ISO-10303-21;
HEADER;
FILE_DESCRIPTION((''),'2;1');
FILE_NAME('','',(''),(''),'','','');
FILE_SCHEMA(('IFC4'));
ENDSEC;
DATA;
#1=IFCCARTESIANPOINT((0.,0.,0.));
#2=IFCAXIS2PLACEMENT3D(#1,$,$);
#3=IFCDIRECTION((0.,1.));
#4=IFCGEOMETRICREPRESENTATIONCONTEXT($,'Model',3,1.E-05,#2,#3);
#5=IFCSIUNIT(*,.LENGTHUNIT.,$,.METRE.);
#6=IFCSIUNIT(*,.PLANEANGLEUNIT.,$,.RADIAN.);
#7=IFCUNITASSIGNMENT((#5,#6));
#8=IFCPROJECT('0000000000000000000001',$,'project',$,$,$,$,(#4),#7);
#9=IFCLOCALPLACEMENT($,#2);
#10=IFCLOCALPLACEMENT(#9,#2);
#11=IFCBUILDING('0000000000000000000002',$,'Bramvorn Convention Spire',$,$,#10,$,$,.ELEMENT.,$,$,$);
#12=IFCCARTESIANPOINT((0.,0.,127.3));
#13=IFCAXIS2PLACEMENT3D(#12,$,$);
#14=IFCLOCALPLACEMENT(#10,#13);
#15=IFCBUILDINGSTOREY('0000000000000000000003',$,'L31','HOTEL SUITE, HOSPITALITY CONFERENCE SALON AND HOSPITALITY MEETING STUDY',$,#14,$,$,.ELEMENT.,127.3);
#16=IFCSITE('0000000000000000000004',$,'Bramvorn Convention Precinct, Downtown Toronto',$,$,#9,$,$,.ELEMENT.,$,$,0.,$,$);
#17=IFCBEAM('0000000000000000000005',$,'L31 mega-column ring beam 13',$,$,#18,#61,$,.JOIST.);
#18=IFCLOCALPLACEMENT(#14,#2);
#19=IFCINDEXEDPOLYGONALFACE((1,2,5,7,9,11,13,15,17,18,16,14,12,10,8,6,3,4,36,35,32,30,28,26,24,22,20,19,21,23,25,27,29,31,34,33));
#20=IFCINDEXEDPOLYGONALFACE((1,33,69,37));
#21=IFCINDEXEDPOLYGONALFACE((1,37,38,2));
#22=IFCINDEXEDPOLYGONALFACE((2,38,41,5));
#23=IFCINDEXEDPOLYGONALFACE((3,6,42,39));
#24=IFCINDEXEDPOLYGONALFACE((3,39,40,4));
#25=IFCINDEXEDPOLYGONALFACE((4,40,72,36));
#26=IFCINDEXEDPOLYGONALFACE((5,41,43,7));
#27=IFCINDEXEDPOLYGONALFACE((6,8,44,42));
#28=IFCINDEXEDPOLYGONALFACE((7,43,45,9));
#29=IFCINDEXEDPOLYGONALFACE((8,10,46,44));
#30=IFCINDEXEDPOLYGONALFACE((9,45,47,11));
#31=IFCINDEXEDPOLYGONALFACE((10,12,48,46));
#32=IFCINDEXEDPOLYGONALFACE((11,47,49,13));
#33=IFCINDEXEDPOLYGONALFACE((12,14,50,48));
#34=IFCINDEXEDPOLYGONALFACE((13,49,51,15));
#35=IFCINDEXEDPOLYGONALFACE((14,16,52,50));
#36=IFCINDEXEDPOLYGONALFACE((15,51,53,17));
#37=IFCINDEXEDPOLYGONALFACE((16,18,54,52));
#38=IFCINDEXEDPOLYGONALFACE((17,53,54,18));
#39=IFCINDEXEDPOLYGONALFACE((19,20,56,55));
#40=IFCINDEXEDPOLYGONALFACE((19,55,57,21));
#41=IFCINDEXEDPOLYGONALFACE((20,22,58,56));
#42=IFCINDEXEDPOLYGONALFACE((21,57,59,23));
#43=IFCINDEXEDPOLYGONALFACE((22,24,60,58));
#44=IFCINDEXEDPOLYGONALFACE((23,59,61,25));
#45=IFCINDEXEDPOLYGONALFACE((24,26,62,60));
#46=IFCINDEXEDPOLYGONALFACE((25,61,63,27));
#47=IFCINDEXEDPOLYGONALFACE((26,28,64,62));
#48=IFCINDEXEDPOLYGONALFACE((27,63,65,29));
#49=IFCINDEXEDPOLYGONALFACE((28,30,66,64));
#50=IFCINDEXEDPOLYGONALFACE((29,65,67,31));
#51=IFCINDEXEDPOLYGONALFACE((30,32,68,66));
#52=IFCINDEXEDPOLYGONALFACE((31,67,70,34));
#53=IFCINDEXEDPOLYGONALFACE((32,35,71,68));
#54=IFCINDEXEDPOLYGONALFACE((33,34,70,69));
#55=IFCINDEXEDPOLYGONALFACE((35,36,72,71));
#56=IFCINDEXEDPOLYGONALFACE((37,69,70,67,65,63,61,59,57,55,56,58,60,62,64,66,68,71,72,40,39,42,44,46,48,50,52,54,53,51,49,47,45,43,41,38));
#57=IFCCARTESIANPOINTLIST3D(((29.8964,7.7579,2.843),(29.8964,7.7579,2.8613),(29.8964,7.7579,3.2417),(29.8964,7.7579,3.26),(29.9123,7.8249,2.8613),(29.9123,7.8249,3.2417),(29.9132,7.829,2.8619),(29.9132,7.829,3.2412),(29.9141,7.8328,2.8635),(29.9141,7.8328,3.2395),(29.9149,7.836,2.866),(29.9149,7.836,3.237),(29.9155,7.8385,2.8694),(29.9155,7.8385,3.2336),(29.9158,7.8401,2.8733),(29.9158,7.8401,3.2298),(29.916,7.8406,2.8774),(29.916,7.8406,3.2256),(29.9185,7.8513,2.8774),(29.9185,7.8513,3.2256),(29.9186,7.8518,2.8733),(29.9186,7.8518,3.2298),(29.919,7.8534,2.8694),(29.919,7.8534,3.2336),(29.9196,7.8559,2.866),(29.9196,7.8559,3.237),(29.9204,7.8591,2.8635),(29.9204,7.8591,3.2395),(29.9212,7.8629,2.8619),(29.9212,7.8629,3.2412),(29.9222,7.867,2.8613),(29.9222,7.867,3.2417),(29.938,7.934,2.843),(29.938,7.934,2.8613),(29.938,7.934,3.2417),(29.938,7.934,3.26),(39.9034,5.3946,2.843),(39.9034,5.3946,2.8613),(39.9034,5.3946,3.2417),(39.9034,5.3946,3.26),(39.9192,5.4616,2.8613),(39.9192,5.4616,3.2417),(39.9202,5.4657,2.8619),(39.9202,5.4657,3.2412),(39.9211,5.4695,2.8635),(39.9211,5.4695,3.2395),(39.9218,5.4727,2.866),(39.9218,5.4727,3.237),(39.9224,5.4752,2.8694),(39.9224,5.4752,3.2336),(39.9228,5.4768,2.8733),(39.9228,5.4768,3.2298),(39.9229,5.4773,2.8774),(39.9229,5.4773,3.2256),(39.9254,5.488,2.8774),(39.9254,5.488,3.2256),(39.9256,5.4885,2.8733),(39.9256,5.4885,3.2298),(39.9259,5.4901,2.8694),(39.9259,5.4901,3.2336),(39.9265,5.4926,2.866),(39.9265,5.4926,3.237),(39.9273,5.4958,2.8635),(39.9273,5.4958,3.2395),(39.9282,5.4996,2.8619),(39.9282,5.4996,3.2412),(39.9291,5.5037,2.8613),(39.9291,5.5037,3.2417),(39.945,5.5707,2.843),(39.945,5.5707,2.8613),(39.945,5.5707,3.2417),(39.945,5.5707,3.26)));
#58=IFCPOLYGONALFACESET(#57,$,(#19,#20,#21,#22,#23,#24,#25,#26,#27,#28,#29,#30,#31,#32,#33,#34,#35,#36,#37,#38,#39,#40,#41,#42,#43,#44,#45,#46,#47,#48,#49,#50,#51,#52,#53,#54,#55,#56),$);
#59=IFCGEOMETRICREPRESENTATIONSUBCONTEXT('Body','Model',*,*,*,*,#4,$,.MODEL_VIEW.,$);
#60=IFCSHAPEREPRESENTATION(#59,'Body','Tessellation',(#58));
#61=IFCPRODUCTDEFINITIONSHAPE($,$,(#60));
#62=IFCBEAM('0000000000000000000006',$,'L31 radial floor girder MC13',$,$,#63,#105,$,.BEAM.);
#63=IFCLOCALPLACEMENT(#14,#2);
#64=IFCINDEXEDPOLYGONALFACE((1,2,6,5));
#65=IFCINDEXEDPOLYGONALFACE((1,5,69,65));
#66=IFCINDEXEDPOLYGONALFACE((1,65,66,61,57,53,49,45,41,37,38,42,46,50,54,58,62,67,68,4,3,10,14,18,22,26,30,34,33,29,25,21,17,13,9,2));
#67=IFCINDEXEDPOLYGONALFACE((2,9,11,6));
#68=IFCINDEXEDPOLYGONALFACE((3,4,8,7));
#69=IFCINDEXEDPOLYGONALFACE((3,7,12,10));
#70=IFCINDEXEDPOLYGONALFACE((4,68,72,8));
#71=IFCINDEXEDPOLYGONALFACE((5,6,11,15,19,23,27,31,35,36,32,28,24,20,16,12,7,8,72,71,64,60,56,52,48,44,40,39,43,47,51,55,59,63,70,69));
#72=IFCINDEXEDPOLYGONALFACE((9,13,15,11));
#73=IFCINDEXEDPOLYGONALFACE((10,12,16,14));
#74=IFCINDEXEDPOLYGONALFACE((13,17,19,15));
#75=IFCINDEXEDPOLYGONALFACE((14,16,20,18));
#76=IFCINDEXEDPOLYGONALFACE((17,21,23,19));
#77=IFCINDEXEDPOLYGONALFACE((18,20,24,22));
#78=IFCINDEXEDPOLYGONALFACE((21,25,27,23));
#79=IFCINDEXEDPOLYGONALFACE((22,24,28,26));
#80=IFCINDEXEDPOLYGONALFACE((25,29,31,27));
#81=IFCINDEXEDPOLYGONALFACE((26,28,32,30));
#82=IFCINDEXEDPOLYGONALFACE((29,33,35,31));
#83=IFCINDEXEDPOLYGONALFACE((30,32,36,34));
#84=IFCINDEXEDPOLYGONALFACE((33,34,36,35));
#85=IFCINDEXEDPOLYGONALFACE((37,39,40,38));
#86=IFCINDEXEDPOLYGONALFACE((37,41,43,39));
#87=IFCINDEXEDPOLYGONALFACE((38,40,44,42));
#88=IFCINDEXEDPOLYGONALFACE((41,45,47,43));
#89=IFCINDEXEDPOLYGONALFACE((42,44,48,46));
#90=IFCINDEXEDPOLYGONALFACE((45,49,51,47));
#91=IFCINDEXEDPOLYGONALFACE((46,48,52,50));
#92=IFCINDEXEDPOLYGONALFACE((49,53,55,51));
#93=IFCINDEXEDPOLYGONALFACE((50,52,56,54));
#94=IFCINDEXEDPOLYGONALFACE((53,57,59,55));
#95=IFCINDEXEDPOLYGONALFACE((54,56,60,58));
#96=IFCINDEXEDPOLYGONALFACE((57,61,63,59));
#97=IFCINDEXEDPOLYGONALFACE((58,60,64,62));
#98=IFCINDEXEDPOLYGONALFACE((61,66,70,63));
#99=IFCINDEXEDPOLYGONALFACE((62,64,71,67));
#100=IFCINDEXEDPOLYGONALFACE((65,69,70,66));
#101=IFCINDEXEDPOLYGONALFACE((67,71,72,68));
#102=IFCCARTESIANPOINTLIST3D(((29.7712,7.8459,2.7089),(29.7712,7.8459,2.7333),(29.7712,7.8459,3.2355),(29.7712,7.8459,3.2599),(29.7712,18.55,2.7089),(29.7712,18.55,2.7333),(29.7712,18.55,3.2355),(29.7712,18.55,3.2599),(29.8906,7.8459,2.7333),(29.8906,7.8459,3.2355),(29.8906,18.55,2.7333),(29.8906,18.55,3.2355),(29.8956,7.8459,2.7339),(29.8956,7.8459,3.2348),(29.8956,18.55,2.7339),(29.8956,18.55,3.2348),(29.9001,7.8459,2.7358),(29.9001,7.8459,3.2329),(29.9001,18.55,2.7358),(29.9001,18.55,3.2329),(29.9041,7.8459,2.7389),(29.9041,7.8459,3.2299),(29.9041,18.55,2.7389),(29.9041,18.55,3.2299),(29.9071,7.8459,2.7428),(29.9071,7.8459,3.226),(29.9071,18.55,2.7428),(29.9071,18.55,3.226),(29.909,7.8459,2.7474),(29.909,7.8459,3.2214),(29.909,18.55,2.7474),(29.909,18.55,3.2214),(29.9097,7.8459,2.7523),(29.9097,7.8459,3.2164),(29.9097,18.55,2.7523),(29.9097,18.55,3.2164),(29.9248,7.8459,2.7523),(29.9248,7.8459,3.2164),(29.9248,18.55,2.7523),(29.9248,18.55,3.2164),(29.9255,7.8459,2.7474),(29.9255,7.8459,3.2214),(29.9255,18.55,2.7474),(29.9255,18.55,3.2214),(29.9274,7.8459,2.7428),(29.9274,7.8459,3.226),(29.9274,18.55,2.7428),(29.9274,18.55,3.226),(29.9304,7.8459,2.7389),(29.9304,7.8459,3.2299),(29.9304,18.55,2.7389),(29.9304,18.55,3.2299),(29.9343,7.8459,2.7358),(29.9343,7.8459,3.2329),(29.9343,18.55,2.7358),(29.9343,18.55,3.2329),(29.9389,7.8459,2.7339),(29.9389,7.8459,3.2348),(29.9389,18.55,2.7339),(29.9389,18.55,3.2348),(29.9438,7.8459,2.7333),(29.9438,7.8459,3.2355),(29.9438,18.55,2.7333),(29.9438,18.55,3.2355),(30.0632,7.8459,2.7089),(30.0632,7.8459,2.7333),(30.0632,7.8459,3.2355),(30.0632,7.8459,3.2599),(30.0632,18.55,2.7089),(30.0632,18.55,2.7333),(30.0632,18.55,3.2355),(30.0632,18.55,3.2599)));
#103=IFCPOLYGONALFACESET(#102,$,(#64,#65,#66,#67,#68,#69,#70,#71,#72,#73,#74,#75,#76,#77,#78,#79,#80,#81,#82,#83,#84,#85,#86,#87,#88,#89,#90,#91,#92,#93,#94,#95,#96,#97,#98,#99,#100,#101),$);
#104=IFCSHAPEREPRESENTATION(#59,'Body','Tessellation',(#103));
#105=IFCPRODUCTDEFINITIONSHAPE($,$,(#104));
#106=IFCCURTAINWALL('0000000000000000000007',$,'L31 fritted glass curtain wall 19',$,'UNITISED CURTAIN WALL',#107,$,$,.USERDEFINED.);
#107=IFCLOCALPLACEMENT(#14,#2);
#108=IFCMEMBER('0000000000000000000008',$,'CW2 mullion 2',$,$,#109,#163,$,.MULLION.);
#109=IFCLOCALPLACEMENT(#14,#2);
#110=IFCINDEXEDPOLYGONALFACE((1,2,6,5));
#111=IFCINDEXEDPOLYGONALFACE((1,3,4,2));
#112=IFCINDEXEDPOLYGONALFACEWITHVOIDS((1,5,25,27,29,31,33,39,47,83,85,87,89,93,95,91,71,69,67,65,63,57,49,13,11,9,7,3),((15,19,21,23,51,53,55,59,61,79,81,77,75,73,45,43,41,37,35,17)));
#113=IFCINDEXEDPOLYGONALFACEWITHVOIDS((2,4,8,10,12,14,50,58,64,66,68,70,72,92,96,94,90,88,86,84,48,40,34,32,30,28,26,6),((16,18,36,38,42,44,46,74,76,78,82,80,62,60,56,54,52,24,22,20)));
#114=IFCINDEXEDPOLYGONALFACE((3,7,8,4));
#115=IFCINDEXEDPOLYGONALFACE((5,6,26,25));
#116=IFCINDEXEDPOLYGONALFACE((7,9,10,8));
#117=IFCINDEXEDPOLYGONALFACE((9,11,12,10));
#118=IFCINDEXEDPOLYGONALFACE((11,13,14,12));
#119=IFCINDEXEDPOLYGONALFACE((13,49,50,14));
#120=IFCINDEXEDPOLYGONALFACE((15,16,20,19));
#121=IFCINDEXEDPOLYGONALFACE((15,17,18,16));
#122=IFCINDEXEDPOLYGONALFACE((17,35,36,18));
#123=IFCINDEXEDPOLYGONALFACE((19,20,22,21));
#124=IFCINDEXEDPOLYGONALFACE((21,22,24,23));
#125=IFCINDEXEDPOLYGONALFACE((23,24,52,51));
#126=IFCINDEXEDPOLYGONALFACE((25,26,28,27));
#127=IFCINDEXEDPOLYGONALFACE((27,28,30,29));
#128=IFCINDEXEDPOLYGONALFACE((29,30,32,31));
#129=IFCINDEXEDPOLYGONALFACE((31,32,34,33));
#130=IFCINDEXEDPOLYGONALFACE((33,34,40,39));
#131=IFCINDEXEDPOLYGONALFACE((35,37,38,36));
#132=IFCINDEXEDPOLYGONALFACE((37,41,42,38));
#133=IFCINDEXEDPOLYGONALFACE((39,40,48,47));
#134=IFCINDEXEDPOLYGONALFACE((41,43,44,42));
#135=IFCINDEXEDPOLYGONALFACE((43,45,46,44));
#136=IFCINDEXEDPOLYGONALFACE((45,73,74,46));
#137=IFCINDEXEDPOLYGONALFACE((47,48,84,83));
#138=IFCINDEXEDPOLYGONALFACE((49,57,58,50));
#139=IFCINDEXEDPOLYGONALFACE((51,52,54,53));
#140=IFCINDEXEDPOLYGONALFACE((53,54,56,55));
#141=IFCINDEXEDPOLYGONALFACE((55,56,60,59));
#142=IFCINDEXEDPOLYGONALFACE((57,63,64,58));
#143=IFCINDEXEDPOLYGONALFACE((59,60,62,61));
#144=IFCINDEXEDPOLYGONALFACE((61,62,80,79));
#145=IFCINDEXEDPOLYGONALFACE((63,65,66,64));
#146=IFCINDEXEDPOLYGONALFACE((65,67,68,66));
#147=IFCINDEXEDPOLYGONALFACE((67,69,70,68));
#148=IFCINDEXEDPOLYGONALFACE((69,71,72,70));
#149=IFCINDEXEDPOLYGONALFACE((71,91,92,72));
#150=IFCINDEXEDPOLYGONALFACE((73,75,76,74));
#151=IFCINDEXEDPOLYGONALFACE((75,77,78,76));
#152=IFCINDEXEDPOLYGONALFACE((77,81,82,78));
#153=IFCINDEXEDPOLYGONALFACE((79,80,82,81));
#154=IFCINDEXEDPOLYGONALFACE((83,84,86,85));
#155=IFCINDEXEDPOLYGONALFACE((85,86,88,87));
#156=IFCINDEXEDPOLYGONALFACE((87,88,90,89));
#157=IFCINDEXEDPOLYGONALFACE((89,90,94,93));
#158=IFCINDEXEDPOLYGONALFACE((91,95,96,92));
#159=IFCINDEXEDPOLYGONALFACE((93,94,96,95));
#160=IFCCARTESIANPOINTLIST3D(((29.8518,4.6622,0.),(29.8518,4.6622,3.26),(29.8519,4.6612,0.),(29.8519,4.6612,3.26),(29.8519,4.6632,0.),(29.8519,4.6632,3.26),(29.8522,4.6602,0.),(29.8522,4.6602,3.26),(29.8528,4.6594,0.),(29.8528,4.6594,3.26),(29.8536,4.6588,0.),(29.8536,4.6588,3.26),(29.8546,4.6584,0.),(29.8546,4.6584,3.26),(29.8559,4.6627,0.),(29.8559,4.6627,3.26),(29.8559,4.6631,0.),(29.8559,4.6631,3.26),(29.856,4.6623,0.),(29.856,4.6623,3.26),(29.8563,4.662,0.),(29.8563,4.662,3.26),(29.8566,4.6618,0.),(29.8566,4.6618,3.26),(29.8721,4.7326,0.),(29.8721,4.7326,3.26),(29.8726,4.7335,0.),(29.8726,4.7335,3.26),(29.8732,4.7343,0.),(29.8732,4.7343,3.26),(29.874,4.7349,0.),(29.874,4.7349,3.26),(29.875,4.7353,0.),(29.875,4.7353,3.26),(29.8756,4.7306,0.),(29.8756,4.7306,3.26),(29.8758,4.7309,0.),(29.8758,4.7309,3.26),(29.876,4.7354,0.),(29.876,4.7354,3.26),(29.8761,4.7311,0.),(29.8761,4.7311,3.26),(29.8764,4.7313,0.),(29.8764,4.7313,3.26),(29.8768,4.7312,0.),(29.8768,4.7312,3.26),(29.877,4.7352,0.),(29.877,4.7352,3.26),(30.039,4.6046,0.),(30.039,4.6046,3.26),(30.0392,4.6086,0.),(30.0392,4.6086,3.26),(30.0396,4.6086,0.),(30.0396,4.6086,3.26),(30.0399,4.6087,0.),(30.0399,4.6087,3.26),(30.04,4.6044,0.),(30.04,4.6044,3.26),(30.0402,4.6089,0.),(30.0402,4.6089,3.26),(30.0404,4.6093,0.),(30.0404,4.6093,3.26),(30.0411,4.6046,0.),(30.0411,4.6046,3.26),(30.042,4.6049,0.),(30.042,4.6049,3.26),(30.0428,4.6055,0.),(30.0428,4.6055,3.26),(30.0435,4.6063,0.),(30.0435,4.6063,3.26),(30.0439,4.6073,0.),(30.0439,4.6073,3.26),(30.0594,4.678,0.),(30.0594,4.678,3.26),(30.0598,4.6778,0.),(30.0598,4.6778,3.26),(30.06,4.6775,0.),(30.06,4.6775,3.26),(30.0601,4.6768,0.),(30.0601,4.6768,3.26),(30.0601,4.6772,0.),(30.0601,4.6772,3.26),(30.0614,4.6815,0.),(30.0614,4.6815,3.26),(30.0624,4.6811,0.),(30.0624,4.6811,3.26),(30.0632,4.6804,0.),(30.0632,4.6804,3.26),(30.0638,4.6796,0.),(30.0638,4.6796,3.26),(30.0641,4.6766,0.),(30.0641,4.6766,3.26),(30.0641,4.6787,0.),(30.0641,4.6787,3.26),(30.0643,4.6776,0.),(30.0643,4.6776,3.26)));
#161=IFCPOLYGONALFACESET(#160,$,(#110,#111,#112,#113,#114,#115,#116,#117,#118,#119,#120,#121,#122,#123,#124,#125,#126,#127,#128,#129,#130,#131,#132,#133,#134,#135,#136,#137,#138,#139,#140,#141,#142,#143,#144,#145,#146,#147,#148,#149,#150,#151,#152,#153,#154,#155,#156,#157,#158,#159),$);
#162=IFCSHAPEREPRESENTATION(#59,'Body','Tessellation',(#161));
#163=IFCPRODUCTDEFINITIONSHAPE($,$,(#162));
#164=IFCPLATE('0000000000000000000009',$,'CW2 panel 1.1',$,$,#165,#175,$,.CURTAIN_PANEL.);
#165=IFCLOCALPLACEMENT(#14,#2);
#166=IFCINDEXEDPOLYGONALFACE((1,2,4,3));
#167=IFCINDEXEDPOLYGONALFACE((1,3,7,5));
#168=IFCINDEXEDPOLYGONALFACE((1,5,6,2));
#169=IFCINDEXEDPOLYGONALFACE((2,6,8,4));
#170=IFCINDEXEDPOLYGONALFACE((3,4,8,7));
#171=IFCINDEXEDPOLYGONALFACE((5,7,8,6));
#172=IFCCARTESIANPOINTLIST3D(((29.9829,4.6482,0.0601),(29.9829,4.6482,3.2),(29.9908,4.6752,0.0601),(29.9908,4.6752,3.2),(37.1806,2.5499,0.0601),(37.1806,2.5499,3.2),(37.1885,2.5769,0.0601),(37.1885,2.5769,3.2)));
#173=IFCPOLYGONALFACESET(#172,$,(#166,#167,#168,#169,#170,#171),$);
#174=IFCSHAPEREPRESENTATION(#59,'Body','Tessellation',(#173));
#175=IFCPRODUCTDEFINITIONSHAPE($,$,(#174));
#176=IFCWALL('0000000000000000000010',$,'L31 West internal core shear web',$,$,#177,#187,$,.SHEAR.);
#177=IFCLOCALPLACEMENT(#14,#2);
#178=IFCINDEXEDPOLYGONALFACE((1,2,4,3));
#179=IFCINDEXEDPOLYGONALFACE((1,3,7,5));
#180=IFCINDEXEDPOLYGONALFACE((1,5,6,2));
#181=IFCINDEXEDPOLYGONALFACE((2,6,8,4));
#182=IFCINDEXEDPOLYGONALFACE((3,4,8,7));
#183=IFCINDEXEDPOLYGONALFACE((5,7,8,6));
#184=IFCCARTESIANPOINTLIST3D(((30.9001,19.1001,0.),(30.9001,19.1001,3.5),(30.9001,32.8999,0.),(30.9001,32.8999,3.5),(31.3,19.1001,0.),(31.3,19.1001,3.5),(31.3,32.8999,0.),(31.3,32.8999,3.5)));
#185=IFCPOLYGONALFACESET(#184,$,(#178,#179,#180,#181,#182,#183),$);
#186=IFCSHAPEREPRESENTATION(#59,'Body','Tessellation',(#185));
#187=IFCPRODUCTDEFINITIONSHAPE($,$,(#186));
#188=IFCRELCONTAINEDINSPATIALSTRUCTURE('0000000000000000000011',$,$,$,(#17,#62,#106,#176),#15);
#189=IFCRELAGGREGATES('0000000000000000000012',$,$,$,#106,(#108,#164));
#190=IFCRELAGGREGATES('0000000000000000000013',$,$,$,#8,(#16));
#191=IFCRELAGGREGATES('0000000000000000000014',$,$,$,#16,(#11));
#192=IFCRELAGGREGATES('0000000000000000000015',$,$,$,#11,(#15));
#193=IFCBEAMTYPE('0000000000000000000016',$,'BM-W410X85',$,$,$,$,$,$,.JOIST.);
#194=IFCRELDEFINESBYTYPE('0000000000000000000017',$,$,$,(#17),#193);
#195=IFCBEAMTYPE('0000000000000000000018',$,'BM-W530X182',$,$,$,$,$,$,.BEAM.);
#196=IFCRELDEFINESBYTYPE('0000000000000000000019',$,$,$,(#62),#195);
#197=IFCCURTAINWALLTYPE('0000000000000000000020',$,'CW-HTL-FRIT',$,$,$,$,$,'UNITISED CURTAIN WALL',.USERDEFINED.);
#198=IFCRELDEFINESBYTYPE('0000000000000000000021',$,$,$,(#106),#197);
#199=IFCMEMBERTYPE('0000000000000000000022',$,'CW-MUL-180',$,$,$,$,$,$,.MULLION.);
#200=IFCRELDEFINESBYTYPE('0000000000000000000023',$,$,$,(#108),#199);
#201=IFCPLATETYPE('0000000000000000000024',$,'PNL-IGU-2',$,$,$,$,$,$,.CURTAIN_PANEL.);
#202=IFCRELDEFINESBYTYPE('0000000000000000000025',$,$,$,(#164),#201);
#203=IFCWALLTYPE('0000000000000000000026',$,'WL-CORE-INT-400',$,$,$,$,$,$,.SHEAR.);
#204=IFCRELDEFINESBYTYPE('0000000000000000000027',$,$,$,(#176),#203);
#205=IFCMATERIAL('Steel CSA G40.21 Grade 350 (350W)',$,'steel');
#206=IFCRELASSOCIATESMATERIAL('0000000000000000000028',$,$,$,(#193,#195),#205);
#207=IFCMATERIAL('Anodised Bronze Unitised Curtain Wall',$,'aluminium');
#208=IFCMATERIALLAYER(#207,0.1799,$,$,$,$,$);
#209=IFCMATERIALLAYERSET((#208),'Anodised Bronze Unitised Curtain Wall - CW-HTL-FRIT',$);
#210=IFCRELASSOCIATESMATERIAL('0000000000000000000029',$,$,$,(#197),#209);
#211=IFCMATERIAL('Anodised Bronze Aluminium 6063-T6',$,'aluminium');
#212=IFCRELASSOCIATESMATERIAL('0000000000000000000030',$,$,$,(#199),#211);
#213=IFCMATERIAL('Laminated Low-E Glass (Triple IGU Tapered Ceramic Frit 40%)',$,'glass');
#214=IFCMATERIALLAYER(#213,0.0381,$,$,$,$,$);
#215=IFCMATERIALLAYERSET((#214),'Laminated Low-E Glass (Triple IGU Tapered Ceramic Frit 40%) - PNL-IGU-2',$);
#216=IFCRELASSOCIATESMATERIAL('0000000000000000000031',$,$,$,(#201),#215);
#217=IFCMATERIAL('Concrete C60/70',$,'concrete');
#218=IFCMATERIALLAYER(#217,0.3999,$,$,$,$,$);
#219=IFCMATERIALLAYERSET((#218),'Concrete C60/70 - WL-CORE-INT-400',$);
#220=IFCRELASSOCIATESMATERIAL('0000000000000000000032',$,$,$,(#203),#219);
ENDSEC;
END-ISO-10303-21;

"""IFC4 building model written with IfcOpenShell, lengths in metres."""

from ifc_helpers import new_model, si_unit, direction, frame, frame_2d, origin, origin_2d, place, context, subcontext, project, spatial, rectangle, hollow_rectangle, i_section, extrude, material, layer, layer_set, material_profile, profile_set, type_object, element, aggregate, save


model = new_model("IFC4")

# Units and contexts
model_context = context("Model", 3, precision=1e-05, world=origin(), true_north=direction((0.0, 1.0)))
body_context = subcontext(model_context, "Body", "Model", "MODEL_VIEW")
ifc_project = project(units=[si_unit("LENGTHUNIT", "METRE"), si_unit("PLANEANGLEUNIT", "RADIAN")], contexts=[model_context])

# Site, building, storey
site_placement = place(None, origin())
site = spatial("IfcSite", under=ifc_project, at=site_placement, Name="Bramvorn Convention Precinct, Downtown Toronto", CompositionType="ELEMENT", RefElevation=0.0)
building_placement = place(site_placement, origin())
building = spatial("IfcBuilding", under=site, at=building_placement, Name="Bramvorn Convention Spire", CompositionType="ELEMENT")
storey_placement = place(building_placement, frame((0.0, 0.0, 127.3)))
storey = spatial("IfcBuildingStorey", under=building, at=storey_placement, Name="L31", Description="HOTEL SUITE, HOSPITALITY CONFERENCE SALON AND HOSPITALITY MEETING STUDY", CompositionType="ELEMENT", Elevation=127.3)

# Shared definitions
ifc_material_1 = material(Name="Steel CSA G40.21 Grade 350 (350W)", Category="steel")

# Beams
ifc_material_profile_1 = material_profile(ifc_material_1, i_section(OverallWidth=0.1809, OverallDepth=0.417, WebThickness=0.011, FlangeThickness=0.0183, FilletRadius=0.0161, at=origin_2d()))
ifc_profile_set_1 = profile_set([ifc_material_profile_1], Name="Steel CSA G40.21 Grade 350 (350W) - W410X85")
beam_type_1 = type_object("IfcBeamType", Name="BM-W410X85", PredefinedType="JOIST", material=ifc_profile_set_1)
beam_1_placement = place(storey_placement, frame((29.9172, 7.8459, 3.0515), z_axis=(0.973228, -0.229844, 0.0), x_axis=(0.229844, 0.973228, 0.0)))
element("IfcBeam", 1, at=beam_1_placement, inside=storey, type_object=beam_type_1, Name="L31 mega-column ring beam 13", PredefinedType="JOIST", context=body_context, shape_type="SweptSolid", body=[
    extrude(i_section(OverallWidth=0.1809, OverallDepth=0.417, WebThickness=0.011, FlangeThickness=0.0183, FilletRadius=0.0161, at=origin_2d()), origin(), (0.0, 0.0, 1.0), 10.2822),
])
ifc_material_profile_2 = material_profile(ifc_material_1, i_section(OverallWidth=0.292, OverallDepth=0.551, WebThickness=0.0151, FlangeThickness=0.0244, FilletRadius=0.019, at=origin_2d()))
ifc_profile_set_2 = profile_set([ifc_material_profile_2], Name="Steel CSA G40.21 Grade 350 (350W) - W530X182")
beam_type_2 = type_object("IfcBeamType", Name="BM-W530X182", PredefinedType="BEAM", material=ifc_profile_set_2)
beam_2_placement = place(storey_placement, frame((29.9172, 18.55, 2.9844), z_axis=(0.0, -1.0, 0.0), x_axis=(1.0, 0.0, 0.0)))
element("IfcBeam", 2, at=beam_2_placement, inside=storey, type_object=beam_type_2, Name="L31 radial floor girder MC13", PredefinedType="BEAM", context=body_context, shape_type="SweptSolid", body=[
    extrude(i_section(OverallWidth=0.292, OverallDepth=0.551, WebThickness=0.0151, FlangeThickness=0.0244, FilletRadius=0.019, at=origin_2d()), origin(), (0.0, 0.0, 1.0), 10.7041),
])

# Curtain wall, member, plate
ifc_material_2 = material(Name="Anodised Bronze Unitised Curtain Wall", Category="aluminium")
ifc_layer_1 = layer(ifc_material_2, 0.1799)
ifc_layer_set_1 = layer_set([ifc_layer_1], Name="Anodised Bronze Unitised Curtain Wall - CW-HTL-FRIT")
curtain_wall_type = type_object("IfcCurtainWallType", Name="CW-HTL-FRIT", ElementType="UNITISED CURTAIN WALL", PredefinedType="USERDEFINED", material=ifc_layer_set_1)
curtain_wall_placement = place(storey_placement, origin())
curtain_wall = element("IfcCurtainWall", 3, at=curtain_wall_placement, inside=storey, type_object=curtain_wall_type, Name="L31 fritted glass curtain wall 19", ObjectType="UNITISED CURTAIN WALL", PredefinedType="USERDEFINED")
ifc_material_3 = material(Name="Anodised Bronze Aluminium 6063-T6", Category="aluminium")
ifc_material_profile_3 = material_profile(ifc_material_3, hollow_rectangle(XDim=0.0801, YDim=0.2, WallThickness=0.0039, InnerFilletRadius=0.001, OuterFilletRadius=0.0039, at=origin_2d()))
ifc_profile_set_3 = profile_set([ifc_material_profile_3], Name="Anodised Bronze Aluminium 6063-T6 - CWM80X200")
member_type = type_object("IfcMemberType", Name="CW-MUL-180", PredefinedType="MULLION", material=ifc_profile_set_3)
member_placement = place(storey_placement, frame((29.958, 4.6699, 0.0), z_axis=(0.0, 0.0, 1.0), x_axis=(-0.279872, -0.960037, 0.0)))
member = element("IfcMember", 4, at=member_placement, type_object=member_type, Name="CW2 mullion 2", PredefinedType="MULLION", context=body_context, shape_type="SweptSolid", body=[
    extrude(hollow_rectangle(XDim=0.0801, YDim=0.2, WallThickness=0.0039, InnerFilletRadius=0.001, OuterFilletRadius=0.0039, at=origin_2d()), origin(), (0.0, 0.0, 1.0), 3.26),
])
ifc_material_4 = material(Name="Laminated Low-E Glass (Triple IGU Tapered Ceramic Frit 40%)", Category="glass")
ifc_layer_2 = layer(ifc_material_4, 0.0381)
ifc_layer_set_2 = layer_set([ifc_layer_2], Name="Laminated Low-E Glass (Triple IGU Tapered Ceramic Frit 40%) - PNL-IGU-2")
plate_type = type_object("IfcPlateType", Name="PNL-IGU-2", PredefinedType="CURTAIN_PANEL", material=ifc_layer_set_2)
plate_placement = place(storey_placement, frame((33.5857, 3.6125, 0.0601), z_axis=(0.0, 0.0, 1.0), x_axis=(-0.960037, 0.279872, 0.0)))
plate = element("IfcPlate", 5, at=plate_placement, type_object=plate_type, Name="CW2 panel 1.1", PredefinedType="CURTAIN_PANEL", context=body_context, shape_type="SweptSolid", body=[
    extrude(rectangle(XDim=7.4973, YDim=0.0281, at=origin_2d()), origin(), (0.0, 0.0, 1.0), 3.1399),
])
aggregate(curtain_wall, [member, plate])

# Wall
ifc_material_5 = material(Name="Concrete C60/70", Category="concrete")
ifc_layer_3 = layer(ifc_material_5, 0.3999)
ifc_layer_set_3 = layer_set([ifc_layer_3], Name="Concrete C60/70 - WL-CORE-INT-400")
wall_type_1 = type_object("IfcWallType", Name="WL-CORE-INT-400", PredefinedType="SHEAR", material=ifc_layer_set_3)
wall_1_placement = place(storey_placement, frame((31.1001, 19.1001, 0.0), z_axis=(0.0, 0.0, 1.0), x_axis=(0.0, 1.0, 0.0)))
element("IfcWall", 6, at=wall_1_placement, inside=storey, type_object=wall_type_1, Name="L31 West internal core shear web", PredefinedType="SHEAR", context=body_context, shape_type="SweptSolid", body=[
    extrude(rectangle(XDim=13.7998, YDim=0.3999, at=frame_2d((6.8999, 0.0))), origin(), (0.0, 0.0, 1.0), 3.5),
])

save(model, "model.ifc")
